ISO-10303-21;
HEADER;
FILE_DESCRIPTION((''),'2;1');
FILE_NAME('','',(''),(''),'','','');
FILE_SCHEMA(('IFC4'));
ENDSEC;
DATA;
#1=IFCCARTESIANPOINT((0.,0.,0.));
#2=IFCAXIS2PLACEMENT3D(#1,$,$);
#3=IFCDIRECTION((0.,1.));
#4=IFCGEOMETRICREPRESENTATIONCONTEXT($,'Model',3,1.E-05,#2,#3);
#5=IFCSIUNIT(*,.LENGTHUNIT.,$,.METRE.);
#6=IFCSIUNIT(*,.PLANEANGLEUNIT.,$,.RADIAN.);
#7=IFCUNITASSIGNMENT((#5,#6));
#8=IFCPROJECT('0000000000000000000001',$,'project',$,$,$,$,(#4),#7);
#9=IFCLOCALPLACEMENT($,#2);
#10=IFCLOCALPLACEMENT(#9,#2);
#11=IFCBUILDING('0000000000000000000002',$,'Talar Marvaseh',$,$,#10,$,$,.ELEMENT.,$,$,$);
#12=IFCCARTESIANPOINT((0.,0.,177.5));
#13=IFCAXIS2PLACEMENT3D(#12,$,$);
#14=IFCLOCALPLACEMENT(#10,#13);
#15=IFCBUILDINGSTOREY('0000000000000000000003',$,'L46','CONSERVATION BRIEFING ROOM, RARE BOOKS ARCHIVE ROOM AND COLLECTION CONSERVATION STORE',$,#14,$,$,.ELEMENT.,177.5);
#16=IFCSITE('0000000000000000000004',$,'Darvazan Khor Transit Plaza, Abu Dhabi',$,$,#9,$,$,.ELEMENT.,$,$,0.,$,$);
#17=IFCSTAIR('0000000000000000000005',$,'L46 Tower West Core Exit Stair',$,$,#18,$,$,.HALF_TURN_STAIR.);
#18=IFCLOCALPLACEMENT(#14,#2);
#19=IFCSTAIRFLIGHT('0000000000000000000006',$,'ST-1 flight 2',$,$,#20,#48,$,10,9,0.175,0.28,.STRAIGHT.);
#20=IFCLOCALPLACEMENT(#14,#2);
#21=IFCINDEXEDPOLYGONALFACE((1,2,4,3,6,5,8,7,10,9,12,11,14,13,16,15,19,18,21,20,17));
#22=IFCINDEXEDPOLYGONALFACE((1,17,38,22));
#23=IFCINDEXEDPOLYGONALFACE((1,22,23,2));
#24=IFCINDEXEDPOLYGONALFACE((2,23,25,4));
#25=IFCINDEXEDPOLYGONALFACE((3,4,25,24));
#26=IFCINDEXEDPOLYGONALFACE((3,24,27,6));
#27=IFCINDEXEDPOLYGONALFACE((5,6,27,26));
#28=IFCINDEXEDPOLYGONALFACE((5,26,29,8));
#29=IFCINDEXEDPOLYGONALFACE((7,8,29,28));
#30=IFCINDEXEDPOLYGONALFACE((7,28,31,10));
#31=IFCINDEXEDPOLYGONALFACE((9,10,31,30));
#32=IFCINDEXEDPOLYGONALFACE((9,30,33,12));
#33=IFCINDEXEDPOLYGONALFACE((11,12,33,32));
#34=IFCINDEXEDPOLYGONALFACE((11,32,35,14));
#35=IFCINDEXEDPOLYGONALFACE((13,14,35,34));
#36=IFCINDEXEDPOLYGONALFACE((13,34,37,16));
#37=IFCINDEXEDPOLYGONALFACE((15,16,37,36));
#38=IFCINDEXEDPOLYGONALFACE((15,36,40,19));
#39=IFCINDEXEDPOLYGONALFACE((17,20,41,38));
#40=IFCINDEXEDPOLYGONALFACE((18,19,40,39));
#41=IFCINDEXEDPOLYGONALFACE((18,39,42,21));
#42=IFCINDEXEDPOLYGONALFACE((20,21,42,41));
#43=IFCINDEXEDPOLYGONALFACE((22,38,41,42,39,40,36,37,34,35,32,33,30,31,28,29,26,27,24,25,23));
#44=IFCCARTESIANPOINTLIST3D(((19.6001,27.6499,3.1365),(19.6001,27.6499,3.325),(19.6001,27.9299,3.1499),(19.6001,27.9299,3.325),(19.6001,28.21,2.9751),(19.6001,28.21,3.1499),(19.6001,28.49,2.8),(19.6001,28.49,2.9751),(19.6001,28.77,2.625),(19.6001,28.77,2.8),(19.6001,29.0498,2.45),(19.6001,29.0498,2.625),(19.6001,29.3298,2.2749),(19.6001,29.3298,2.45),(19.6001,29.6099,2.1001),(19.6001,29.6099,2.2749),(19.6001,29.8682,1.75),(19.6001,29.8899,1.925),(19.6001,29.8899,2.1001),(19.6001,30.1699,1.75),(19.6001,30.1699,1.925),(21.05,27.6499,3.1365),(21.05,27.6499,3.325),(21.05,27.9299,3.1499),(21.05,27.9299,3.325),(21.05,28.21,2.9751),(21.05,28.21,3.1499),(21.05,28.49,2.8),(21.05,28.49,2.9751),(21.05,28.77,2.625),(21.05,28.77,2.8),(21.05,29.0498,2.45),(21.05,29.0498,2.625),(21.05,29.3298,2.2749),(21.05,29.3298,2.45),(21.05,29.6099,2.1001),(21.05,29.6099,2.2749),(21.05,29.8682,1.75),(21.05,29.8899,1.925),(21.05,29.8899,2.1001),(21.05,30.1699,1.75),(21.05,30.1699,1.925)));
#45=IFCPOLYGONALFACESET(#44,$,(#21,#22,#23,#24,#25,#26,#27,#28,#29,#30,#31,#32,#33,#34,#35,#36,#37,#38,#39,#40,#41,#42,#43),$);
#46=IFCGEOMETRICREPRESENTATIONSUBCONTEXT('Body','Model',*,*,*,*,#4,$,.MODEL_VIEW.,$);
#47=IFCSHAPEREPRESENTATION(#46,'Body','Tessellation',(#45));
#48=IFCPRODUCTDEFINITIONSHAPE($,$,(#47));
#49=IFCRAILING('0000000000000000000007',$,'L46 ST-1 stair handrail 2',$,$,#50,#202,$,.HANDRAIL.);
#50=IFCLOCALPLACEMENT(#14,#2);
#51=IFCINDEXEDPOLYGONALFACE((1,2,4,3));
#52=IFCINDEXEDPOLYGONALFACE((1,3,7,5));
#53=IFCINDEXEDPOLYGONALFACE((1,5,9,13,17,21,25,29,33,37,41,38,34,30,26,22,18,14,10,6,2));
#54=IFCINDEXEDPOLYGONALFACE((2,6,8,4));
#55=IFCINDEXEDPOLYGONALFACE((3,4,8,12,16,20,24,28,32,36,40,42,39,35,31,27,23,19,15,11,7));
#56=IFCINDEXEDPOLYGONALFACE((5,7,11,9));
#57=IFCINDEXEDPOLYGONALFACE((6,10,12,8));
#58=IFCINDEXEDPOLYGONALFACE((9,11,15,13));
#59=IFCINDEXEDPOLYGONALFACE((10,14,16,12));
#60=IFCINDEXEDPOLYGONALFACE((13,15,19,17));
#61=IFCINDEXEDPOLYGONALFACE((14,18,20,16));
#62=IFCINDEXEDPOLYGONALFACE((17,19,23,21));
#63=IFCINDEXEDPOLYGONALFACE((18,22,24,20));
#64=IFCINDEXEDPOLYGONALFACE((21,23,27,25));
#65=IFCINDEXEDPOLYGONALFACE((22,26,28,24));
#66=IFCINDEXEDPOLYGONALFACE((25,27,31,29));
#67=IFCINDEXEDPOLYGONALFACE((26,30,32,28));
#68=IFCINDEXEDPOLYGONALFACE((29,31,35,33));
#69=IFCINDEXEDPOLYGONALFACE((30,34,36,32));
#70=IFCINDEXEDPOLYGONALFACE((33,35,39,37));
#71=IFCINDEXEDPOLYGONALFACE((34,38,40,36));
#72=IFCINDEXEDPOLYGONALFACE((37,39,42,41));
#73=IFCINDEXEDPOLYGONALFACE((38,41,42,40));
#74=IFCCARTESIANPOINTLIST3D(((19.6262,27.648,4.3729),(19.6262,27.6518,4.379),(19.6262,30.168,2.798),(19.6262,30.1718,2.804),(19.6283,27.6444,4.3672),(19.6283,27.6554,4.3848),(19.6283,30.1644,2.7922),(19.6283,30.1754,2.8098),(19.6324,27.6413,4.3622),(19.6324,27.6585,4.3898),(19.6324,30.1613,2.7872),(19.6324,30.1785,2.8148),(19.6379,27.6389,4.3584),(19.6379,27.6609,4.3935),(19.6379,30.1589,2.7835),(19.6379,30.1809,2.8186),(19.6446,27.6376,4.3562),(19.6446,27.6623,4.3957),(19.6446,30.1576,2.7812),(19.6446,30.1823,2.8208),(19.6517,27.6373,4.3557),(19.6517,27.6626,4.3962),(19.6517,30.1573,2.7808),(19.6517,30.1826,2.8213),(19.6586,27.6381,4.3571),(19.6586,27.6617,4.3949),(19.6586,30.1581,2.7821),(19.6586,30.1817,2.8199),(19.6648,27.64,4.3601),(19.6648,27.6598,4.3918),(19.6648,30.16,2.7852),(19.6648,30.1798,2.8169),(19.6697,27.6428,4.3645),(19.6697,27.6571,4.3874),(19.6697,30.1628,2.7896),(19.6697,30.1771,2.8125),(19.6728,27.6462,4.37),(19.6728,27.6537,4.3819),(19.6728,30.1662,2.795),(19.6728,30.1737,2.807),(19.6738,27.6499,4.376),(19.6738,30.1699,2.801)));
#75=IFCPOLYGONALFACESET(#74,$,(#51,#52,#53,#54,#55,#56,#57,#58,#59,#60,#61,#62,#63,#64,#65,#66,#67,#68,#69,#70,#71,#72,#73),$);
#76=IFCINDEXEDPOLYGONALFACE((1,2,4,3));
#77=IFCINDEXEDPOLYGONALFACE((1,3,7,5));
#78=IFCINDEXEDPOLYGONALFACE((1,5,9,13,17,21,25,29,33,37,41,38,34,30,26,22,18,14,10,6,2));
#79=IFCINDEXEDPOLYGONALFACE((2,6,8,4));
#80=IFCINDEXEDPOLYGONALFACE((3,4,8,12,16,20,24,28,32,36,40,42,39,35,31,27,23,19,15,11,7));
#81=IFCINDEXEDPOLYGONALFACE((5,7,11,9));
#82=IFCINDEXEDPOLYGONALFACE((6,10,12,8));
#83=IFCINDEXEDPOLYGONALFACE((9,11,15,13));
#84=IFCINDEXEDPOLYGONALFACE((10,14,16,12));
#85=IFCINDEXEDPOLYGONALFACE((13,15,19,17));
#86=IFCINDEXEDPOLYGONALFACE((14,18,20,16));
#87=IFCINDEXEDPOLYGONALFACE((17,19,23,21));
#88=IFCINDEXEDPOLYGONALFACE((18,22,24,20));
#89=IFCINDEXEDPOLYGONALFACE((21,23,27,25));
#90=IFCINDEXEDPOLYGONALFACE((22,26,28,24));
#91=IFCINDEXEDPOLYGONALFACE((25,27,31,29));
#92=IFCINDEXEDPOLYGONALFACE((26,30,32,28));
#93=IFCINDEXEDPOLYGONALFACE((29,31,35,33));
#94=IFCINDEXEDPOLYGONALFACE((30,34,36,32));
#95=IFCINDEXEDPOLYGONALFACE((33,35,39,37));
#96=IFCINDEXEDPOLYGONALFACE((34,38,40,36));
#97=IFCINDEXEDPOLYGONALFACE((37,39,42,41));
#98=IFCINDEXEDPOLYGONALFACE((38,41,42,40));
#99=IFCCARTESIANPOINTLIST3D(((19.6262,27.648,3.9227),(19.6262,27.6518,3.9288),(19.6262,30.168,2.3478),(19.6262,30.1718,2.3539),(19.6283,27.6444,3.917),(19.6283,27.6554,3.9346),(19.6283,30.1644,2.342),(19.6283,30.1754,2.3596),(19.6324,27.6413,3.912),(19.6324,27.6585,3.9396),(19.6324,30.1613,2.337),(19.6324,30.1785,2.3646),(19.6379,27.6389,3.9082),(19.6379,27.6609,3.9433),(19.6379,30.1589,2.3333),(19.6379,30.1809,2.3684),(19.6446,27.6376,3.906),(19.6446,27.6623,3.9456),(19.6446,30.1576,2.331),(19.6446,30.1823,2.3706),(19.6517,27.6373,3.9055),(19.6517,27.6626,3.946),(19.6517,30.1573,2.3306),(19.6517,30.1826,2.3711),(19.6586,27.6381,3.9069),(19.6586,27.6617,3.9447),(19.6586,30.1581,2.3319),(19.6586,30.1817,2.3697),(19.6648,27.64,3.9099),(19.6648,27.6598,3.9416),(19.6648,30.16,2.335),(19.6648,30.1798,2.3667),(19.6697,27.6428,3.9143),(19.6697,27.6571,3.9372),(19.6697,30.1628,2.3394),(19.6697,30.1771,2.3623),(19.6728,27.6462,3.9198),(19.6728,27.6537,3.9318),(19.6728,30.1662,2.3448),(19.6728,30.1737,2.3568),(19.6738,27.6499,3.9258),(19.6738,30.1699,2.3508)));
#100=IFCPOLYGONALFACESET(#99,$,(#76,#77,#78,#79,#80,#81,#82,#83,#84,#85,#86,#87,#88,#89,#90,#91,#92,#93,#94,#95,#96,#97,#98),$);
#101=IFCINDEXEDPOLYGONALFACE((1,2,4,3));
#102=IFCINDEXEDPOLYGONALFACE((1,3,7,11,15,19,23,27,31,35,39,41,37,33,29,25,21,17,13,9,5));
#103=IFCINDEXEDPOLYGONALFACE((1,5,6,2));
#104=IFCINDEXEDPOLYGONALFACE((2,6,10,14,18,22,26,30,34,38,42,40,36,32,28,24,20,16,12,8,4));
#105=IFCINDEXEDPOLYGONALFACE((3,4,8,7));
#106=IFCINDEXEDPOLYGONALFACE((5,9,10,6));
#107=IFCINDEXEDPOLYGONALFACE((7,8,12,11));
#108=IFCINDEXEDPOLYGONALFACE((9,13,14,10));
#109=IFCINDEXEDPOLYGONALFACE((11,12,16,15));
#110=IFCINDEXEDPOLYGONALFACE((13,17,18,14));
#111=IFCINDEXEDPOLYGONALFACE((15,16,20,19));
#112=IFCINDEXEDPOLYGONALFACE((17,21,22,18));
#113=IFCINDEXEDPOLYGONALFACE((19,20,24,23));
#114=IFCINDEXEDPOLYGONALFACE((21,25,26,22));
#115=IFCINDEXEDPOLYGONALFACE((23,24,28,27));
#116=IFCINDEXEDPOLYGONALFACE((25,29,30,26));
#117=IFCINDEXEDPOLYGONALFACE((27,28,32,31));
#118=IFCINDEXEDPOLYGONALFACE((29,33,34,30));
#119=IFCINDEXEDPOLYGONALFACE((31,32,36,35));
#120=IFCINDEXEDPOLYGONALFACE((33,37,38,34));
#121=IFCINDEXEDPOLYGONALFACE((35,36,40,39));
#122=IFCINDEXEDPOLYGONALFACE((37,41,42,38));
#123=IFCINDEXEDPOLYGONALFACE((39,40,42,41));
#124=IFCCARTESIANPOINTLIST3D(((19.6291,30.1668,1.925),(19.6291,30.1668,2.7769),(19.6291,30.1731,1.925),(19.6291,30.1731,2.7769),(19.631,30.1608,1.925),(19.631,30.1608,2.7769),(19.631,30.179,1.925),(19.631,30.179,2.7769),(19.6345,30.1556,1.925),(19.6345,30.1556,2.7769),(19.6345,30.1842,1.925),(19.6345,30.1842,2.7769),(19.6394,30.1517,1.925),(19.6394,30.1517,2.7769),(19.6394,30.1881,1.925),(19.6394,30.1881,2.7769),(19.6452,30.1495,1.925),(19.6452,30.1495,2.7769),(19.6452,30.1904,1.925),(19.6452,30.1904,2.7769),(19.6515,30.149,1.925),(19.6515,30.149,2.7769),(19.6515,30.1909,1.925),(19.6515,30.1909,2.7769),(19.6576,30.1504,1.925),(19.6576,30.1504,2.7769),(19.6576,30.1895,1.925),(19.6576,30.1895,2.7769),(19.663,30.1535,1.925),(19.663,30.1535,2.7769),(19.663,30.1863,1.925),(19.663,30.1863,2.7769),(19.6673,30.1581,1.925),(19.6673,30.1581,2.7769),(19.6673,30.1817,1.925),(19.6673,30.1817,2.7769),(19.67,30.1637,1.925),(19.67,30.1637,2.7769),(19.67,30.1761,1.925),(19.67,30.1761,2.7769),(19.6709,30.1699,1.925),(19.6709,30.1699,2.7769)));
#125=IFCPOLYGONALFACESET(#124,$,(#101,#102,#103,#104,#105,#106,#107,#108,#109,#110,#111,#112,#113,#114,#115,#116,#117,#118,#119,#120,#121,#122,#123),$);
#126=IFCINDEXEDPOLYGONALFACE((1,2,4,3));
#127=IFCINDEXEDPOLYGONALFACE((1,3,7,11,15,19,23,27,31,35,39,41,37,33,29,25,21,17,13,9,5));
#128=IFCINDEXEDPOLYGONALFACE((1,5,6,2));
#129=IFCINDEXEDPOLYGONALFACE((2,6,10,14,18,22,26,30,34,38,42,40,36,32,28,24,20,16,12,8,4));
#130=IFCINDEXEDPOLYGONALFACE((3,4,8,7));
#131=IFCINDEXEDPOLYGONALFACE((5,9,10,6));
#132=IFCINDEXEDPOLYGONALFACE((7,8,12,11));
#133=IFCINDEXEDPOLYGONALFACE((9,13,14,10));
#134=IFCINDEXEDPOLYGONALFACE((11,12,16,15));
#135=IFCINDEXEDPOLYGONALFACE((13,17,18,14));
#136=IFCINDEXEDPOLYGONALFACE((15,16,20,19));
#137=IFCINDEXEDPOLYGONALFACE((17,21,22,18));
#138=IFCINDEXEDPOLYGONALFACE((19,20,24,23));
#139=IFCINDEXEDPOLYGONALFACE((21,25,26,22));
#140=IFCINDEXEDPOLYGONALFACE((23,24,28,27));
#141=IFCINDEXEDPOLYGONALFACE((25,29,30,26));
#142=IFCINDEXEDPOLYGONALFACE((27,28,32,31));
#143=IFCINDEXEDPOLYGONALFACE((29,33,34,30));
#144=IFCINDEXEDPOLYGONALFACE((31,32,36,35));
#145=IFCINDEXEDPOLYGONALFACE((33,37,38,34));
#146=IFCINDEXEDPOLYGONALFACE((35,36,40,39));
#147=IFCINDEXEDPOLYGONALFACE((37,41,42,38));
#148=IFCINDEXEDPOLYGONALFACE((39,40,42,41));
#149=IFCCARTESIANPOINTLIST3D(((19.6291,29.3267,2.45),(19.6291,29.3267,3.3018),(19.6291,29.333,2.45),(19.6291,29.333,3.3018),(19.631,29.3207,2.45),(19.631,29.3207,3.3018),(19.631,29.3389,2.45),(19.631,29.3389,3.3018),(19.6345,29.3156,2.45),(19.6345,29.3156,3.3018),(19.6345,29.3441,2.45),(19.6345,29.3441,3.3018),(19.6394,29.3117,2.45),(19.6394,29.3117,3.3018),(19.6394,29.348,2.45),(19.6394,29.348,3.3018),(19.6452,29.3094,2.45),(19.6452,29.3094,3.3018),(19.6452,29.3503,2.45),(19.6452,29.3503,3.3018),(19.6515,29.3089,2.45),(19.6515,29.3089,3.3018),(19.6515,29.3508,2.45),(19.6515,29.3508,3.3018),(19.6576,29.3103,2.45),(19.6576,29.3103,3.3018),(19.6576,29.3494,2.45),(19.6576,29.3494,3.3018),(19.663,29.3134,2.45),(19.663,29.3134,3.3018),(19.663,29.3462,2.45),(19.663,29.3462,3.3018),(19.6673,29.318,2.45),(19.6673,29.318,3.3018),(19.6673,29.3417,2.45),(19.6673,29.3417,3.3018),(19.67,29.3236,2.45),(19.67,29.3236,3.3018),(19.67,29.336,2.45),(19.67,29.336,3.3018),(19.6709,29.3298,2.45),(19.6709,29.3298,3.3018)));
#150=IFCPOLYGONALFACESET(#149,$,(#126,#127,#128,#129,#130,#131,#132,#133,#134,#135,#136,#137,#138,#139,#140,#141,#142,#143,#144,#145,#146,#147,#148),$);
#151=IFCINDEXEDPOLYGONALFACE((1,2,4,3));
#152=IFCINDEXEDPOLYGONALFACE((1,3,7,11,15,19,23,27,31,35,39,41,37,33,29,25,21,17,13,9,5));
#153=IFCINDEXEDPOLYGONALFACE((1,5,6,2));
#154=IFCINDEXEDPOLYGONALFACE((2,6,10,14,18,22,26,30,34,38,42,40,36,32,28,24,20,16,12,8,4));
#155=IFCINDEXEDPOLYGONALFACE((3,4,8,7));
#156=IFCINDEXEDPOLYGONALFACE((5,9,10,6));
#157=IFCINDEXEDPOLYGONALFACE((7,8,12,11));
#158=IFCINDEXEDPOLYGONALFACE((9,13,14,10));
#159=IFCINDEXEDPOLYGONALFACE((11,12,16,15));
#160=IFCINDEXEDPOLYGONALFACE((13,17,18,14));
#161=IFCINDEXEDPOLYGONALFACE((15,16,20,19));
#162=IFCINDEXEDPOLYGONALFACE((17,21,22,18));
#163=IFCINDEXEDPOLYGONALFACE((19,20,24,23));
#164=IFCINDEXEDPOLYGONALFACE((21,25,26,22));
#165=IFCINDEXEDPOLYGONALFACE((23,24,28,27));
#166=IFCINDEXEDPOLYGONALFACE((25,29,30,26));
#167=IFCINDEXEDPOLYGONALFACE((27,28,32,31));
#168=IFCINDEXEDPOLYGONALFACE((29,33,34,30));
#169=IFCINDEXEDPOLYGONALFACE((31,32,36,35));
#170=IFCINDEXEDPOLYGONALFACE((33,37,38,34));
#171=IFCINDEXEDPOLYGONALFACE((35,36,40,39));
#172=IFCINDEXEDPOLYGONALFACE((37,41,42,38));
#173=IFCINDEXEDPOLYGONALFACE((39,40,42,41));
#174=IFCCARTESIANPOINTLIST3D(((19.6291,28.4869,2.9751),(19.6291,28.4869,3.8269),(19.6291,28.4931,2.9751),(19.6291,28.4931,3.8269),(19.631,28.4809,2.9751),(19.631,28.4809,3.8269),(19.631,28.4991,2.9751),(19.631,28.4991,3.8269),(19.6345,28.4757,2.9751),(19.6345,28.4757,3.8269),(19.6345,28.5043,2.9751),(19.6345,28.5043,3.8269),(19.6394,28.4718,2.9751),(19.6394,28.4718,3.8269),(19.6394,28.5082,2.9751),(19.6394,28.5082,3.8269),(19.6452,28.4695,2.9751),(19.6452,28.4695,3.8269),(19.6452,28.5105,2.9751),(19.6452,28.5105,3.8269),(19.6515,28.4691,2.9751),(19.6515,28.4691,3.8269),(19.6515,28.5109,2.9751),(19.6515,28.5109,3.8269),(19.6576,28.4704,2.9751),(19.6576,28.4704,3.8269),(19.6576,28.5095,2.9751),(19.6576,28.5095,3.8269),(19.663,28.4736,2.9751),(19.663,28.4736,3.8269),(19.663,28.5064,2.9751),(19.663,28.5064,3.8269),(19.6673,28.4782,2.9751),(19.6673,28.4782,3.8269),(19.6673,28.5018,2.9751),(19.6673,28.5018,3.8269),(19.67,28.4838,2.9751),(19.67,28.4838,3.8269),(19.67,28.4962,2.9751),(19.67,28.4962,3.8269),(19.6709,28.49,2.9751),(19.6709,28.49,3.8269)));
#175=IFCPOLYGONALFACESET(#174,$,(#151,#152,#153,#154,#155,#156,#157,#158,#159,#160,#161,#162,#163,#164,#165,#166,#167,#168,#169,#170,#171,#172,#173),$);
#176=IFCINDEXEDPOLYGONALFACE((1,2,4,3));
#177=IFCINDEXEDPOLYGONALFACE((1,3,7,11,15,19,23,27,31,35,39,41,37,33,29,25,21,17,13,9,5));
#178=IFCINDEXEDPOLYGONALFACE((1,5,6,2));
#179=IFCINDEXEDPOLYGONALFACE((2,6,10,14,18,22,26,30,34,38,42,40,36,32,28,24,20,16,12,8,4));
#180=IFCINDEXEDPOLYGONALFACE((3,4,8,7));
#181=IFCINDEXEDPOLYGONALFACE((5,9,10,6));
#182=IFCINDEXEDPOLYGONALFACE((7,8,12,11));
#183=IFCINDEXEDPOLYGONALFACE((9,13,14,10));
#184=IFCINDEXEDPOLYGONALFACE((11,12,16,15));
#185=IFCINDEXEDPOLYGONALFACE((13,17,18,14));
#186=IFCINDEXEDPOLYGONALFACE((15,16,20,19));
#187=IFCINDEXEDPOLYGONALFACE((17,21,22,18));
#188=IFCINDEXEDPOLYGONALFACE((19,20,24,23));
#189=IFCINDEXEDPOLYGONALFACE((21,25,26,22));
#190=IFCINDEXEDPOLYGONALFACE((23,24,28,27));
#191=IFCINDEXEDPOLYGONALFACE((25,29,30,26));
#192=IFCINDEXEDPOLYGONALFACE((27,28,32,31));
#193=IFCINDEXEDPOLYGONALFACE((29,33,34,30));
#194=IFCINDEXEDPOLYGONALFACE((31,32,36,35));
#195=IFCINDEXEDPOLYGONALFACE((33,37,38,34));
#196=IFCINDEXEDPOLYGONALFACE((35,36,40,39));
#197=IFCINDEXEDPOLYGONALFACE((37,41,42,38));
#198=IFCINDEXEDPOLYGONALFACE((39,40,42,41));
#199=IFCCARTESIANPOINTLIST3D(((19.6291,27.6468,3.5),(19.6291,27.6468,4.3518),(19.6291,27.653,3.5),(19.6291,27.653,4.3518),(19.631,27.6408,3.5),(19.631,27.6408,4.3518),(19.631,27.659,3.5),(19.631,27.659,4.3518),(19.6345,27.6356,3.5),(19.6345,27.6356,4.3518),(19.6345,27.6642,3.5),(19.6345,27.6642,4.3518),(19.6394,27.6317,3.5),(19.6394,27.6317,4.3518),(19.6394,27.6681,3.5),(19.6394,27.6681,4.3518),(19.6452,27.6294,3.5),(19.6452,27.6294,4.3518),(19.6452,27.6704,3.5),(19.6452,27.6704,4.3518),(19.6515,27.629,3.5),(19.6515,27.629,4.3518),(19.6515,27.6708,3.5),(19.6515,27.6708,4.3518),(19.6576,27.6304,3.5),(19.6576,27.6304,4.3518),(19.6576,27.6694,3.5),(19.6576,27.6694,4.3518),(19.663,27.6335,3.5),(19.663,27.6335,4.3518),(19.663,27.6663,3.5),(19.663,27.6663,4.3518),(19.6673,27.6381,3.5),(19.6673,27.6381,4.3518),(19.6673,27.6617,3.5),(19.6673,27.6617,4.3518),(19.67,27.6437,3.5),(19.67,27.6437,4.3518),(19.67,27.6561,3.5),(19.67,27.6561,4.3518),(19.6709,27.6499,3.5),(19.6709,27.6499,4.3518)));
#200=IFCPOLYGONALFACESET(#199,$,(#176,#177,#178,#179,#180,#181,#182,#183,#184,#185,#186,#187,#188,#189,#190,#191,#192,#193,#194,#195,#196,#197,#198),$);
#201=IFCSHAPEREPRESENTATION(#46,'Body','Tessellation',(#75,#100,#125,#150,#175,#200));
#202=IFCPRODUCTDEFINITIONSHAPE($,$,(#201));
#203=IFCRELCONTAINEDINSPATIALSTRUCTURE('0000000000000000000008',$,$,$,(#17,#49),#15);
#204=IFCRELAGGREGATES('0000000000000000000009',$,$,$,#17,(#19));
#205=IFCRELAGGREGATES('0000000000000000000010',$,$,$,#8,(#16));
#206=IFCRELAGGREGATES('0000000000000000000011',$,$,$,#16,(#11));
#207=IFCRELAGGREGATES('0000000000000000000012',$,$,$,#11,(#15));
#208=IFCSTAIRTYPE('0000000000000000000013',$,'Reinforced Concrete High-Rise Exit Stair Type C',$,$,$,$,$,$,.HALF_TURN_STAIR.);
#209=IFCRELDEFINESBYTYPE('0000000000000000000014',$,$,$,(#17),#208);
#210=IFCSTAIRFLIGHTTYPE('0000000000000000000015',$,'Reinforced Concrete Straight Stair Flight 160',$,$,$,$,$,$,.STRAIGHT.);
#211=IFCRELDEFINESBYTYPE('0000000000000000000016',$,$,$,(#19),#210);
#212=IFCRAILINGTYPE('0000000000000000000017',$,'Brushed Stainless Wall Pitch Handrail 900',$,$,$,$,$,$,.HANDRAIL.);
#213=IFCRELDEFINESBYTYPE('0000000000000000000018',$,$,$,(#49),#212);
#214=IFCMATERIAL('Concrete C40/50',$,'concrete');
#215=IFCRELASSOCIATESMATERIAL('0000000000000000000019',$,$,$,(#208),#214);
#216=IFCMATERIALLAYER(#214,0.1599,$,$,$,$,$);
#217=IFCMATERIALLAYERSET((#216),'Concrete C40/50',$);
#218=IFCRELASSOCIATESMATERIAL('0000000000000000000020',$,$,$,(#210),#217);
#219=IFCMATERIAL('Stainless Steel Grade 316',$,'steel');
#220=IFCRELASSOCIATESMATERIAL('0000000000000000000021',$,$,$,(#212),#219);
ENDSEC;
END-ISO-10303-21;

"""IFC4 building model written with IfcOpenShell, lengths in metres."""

from ifc_helpers import new_model, si_unit, direction, frame, origin, origin_2d, place, context, subcontext, project, spatial, polyline, circle, outline, extrude, material, layer, layer_set, type_object, element, aggregate, save


model = new_model("IFC4")

# Units and contexts
model_context = context("Model", 3, precision=1e-05, world=origin(), true_north=direction((0.0, 1.0)))
body_context = subcontext(model_context, "Body", "Model", "MODEL_VIEW")
ifc_project = project(units=[si_unit("LENGTHUNIT", "METRE"), si_unit("PLANEANGLEUNIT", "RADIAN")], contexts=[model_context])

# Site, building, storey
site_placement = place(None, origin())
site = spatial("IfcSite", under=ifc_project, at=site_placement, Name="Darvazan Khor Transit Plaza, Abu Dhabi", CompositionType="ELEMENT", RefElevation=0.0)
building_placement = place(site_placement, origin())
building = spatial("IfcBuilding", under=site, at=building_placement, Name="Talar Marvaseh", CompositionType="ELEMENT")
storey_placement = place(building_placement, frame((0.0, 0.0, 177.5)))
storey = spatial("IfcBuildingStorey", under=building, at=storey_placement, Name="L46", Description="CONSERVATION BRIEFING ROOM, RARE BOOKS ARCHIVE ROOM AND COLLECTION CONSERVATION STORE", CompositionType="ELEMENT", Elevation=177.5)

# Stair, stair flight
ifc_material_1 = material(Name="Concrete C40/50", Category="concrete")
stair_type = type_object("IfcStairType", Name="Reinforced Concrete High-Rise Exit Stair Type C", PredefinedType="HALF_TURN_STAIR", material=ifc_material_1)
stair_placement = place(storey_placement, origin())
stair = element("IfcStair", 1, at=stair_placement, inside=storey, type_object=stair_type, Name="L46 Tower West Core Exit Stair", PredefinedType="HALF_TURN_STAIR")
ifc_layer_1 = layer(ifc_material_1, 0.1599)
ifc_layer_set_1 = layer_set([ifc_layer_1], Name="Concrete C40/50")
stair_flight_type = type_object("IfcStairFlightType", Name="Reinforced Concrete Straight Stair Flight 160", PredefinedType="STRAIGHT", material=ifc_layer_set_1)
stair_flight_1_placement = place(storey_placement, frame((20.325, 30.1699, 1.75), z_axis=(0.0, 0.0, 1.0), x_axis=(0.0, -1.0, 0.0)))
stair_flight_1 = element("IfcStairFlight", 2, at=stair_flight_1_placement, type_object=stair_flight_type, Name="ST-1 flight 2", NumberOfRisers=10, NumberOfTreads=9, PredefinedType="STRAIGHT", RiserHeight=0.175, TreadLength=0.28, context=body_context, shape_type="SweptSolid", body=[
    extrude(outline(polyline([(0.0, 0.0), (0.0, 0.175), (0.28, 0.175), (0.28, 0.3501), (0.5601, 0.3501), (0.5601, 0.5249), (0.8401, 0.5249), (0.8401, 0.7), (1.1201, 0.7), (1.1201, 0.875), (1.3999, 0.875), (1.3999, 1.05), (1.6799, 1.05), (1.6799, 1.2251), (1.96, 1.2251), (1.96, 1.3999), (2.24, 1.3999), (2.24, 1.575), (2.52, 1.575), (2.52, 1.75), (2.52, 1.3865), (0.3018, 0.0), (0.0, 0.0)])), frame((0.0, 0.7251, 0.0), z_axis=(0.0, -1.0, 0.0), x_axis=(1.0, 0.0, 0.0)), (0.0, 0.0, 1.0), 1.45),
])
aggregate(stair, [stair_flight_1])

# Railing
ifc_material_2 = material(Name="Stainless Steel Grade 316", Category="steel")
railing_type_1 = type_object("IfcRailingType", Name="Brushed Stainless Wall Pitch Handrail 900", PredefinedType="HANDRAIL", material=ifc_material_2)
railing_1_placement = place(storey_placement, frame((19.6499, 30.1699, 1.925)))
element("IfcRailing", 3, at=railing_1_placement, inside=storey, type_object=railing_type_1, Name="L46 ST-1 stair handrail 2", PredefinedType="HANDRAIL", context=body_context, shape_type="SweptSolid", body=[
    extrude(circle(Radius=0.0239, at=origin_2d()), frame((0.0, 0.0, 0.876), z_axis=(0.0, -0.848008, 0.529984), x_axis=(1.0, 0.0, 0.0)), (0.0, 0.0, 1.0), 2.9717),
    extrude(circle(Radius=0.0239, at=origin_2d()), frame((0.0, 0.0, 0.4258), z_axis=(0.0, -0.848008, 0.529984), x_axis=(1.0, 0.0, 0.0)), (0.0, 0.0, 1.0), 2.9717),
    extrude(circle(Radius=0.021, at=origin_2d()), origin(), (0.0, 0.0, 1.0), 0.8518),
    extrude(circle(Radius=0.021, at=origin_2d()), frame((0.0, -0.8401, 0.5249)), (0.0, 0.0, 1.0), 0.8518),
    extrude(circle(Radius=0.021, at=origin_2d()), frame((0.0, -1.6799, 1.05)), (0.0, 0.0, 1.0), 0.8518),
    extrude(circle(Radius=0.021, at=origin_2d()), frame((0.0, -2.52, 1.575)), (0.0, 0.0, 1.0), 0.8518),
])

save(model, "model.ifc")
